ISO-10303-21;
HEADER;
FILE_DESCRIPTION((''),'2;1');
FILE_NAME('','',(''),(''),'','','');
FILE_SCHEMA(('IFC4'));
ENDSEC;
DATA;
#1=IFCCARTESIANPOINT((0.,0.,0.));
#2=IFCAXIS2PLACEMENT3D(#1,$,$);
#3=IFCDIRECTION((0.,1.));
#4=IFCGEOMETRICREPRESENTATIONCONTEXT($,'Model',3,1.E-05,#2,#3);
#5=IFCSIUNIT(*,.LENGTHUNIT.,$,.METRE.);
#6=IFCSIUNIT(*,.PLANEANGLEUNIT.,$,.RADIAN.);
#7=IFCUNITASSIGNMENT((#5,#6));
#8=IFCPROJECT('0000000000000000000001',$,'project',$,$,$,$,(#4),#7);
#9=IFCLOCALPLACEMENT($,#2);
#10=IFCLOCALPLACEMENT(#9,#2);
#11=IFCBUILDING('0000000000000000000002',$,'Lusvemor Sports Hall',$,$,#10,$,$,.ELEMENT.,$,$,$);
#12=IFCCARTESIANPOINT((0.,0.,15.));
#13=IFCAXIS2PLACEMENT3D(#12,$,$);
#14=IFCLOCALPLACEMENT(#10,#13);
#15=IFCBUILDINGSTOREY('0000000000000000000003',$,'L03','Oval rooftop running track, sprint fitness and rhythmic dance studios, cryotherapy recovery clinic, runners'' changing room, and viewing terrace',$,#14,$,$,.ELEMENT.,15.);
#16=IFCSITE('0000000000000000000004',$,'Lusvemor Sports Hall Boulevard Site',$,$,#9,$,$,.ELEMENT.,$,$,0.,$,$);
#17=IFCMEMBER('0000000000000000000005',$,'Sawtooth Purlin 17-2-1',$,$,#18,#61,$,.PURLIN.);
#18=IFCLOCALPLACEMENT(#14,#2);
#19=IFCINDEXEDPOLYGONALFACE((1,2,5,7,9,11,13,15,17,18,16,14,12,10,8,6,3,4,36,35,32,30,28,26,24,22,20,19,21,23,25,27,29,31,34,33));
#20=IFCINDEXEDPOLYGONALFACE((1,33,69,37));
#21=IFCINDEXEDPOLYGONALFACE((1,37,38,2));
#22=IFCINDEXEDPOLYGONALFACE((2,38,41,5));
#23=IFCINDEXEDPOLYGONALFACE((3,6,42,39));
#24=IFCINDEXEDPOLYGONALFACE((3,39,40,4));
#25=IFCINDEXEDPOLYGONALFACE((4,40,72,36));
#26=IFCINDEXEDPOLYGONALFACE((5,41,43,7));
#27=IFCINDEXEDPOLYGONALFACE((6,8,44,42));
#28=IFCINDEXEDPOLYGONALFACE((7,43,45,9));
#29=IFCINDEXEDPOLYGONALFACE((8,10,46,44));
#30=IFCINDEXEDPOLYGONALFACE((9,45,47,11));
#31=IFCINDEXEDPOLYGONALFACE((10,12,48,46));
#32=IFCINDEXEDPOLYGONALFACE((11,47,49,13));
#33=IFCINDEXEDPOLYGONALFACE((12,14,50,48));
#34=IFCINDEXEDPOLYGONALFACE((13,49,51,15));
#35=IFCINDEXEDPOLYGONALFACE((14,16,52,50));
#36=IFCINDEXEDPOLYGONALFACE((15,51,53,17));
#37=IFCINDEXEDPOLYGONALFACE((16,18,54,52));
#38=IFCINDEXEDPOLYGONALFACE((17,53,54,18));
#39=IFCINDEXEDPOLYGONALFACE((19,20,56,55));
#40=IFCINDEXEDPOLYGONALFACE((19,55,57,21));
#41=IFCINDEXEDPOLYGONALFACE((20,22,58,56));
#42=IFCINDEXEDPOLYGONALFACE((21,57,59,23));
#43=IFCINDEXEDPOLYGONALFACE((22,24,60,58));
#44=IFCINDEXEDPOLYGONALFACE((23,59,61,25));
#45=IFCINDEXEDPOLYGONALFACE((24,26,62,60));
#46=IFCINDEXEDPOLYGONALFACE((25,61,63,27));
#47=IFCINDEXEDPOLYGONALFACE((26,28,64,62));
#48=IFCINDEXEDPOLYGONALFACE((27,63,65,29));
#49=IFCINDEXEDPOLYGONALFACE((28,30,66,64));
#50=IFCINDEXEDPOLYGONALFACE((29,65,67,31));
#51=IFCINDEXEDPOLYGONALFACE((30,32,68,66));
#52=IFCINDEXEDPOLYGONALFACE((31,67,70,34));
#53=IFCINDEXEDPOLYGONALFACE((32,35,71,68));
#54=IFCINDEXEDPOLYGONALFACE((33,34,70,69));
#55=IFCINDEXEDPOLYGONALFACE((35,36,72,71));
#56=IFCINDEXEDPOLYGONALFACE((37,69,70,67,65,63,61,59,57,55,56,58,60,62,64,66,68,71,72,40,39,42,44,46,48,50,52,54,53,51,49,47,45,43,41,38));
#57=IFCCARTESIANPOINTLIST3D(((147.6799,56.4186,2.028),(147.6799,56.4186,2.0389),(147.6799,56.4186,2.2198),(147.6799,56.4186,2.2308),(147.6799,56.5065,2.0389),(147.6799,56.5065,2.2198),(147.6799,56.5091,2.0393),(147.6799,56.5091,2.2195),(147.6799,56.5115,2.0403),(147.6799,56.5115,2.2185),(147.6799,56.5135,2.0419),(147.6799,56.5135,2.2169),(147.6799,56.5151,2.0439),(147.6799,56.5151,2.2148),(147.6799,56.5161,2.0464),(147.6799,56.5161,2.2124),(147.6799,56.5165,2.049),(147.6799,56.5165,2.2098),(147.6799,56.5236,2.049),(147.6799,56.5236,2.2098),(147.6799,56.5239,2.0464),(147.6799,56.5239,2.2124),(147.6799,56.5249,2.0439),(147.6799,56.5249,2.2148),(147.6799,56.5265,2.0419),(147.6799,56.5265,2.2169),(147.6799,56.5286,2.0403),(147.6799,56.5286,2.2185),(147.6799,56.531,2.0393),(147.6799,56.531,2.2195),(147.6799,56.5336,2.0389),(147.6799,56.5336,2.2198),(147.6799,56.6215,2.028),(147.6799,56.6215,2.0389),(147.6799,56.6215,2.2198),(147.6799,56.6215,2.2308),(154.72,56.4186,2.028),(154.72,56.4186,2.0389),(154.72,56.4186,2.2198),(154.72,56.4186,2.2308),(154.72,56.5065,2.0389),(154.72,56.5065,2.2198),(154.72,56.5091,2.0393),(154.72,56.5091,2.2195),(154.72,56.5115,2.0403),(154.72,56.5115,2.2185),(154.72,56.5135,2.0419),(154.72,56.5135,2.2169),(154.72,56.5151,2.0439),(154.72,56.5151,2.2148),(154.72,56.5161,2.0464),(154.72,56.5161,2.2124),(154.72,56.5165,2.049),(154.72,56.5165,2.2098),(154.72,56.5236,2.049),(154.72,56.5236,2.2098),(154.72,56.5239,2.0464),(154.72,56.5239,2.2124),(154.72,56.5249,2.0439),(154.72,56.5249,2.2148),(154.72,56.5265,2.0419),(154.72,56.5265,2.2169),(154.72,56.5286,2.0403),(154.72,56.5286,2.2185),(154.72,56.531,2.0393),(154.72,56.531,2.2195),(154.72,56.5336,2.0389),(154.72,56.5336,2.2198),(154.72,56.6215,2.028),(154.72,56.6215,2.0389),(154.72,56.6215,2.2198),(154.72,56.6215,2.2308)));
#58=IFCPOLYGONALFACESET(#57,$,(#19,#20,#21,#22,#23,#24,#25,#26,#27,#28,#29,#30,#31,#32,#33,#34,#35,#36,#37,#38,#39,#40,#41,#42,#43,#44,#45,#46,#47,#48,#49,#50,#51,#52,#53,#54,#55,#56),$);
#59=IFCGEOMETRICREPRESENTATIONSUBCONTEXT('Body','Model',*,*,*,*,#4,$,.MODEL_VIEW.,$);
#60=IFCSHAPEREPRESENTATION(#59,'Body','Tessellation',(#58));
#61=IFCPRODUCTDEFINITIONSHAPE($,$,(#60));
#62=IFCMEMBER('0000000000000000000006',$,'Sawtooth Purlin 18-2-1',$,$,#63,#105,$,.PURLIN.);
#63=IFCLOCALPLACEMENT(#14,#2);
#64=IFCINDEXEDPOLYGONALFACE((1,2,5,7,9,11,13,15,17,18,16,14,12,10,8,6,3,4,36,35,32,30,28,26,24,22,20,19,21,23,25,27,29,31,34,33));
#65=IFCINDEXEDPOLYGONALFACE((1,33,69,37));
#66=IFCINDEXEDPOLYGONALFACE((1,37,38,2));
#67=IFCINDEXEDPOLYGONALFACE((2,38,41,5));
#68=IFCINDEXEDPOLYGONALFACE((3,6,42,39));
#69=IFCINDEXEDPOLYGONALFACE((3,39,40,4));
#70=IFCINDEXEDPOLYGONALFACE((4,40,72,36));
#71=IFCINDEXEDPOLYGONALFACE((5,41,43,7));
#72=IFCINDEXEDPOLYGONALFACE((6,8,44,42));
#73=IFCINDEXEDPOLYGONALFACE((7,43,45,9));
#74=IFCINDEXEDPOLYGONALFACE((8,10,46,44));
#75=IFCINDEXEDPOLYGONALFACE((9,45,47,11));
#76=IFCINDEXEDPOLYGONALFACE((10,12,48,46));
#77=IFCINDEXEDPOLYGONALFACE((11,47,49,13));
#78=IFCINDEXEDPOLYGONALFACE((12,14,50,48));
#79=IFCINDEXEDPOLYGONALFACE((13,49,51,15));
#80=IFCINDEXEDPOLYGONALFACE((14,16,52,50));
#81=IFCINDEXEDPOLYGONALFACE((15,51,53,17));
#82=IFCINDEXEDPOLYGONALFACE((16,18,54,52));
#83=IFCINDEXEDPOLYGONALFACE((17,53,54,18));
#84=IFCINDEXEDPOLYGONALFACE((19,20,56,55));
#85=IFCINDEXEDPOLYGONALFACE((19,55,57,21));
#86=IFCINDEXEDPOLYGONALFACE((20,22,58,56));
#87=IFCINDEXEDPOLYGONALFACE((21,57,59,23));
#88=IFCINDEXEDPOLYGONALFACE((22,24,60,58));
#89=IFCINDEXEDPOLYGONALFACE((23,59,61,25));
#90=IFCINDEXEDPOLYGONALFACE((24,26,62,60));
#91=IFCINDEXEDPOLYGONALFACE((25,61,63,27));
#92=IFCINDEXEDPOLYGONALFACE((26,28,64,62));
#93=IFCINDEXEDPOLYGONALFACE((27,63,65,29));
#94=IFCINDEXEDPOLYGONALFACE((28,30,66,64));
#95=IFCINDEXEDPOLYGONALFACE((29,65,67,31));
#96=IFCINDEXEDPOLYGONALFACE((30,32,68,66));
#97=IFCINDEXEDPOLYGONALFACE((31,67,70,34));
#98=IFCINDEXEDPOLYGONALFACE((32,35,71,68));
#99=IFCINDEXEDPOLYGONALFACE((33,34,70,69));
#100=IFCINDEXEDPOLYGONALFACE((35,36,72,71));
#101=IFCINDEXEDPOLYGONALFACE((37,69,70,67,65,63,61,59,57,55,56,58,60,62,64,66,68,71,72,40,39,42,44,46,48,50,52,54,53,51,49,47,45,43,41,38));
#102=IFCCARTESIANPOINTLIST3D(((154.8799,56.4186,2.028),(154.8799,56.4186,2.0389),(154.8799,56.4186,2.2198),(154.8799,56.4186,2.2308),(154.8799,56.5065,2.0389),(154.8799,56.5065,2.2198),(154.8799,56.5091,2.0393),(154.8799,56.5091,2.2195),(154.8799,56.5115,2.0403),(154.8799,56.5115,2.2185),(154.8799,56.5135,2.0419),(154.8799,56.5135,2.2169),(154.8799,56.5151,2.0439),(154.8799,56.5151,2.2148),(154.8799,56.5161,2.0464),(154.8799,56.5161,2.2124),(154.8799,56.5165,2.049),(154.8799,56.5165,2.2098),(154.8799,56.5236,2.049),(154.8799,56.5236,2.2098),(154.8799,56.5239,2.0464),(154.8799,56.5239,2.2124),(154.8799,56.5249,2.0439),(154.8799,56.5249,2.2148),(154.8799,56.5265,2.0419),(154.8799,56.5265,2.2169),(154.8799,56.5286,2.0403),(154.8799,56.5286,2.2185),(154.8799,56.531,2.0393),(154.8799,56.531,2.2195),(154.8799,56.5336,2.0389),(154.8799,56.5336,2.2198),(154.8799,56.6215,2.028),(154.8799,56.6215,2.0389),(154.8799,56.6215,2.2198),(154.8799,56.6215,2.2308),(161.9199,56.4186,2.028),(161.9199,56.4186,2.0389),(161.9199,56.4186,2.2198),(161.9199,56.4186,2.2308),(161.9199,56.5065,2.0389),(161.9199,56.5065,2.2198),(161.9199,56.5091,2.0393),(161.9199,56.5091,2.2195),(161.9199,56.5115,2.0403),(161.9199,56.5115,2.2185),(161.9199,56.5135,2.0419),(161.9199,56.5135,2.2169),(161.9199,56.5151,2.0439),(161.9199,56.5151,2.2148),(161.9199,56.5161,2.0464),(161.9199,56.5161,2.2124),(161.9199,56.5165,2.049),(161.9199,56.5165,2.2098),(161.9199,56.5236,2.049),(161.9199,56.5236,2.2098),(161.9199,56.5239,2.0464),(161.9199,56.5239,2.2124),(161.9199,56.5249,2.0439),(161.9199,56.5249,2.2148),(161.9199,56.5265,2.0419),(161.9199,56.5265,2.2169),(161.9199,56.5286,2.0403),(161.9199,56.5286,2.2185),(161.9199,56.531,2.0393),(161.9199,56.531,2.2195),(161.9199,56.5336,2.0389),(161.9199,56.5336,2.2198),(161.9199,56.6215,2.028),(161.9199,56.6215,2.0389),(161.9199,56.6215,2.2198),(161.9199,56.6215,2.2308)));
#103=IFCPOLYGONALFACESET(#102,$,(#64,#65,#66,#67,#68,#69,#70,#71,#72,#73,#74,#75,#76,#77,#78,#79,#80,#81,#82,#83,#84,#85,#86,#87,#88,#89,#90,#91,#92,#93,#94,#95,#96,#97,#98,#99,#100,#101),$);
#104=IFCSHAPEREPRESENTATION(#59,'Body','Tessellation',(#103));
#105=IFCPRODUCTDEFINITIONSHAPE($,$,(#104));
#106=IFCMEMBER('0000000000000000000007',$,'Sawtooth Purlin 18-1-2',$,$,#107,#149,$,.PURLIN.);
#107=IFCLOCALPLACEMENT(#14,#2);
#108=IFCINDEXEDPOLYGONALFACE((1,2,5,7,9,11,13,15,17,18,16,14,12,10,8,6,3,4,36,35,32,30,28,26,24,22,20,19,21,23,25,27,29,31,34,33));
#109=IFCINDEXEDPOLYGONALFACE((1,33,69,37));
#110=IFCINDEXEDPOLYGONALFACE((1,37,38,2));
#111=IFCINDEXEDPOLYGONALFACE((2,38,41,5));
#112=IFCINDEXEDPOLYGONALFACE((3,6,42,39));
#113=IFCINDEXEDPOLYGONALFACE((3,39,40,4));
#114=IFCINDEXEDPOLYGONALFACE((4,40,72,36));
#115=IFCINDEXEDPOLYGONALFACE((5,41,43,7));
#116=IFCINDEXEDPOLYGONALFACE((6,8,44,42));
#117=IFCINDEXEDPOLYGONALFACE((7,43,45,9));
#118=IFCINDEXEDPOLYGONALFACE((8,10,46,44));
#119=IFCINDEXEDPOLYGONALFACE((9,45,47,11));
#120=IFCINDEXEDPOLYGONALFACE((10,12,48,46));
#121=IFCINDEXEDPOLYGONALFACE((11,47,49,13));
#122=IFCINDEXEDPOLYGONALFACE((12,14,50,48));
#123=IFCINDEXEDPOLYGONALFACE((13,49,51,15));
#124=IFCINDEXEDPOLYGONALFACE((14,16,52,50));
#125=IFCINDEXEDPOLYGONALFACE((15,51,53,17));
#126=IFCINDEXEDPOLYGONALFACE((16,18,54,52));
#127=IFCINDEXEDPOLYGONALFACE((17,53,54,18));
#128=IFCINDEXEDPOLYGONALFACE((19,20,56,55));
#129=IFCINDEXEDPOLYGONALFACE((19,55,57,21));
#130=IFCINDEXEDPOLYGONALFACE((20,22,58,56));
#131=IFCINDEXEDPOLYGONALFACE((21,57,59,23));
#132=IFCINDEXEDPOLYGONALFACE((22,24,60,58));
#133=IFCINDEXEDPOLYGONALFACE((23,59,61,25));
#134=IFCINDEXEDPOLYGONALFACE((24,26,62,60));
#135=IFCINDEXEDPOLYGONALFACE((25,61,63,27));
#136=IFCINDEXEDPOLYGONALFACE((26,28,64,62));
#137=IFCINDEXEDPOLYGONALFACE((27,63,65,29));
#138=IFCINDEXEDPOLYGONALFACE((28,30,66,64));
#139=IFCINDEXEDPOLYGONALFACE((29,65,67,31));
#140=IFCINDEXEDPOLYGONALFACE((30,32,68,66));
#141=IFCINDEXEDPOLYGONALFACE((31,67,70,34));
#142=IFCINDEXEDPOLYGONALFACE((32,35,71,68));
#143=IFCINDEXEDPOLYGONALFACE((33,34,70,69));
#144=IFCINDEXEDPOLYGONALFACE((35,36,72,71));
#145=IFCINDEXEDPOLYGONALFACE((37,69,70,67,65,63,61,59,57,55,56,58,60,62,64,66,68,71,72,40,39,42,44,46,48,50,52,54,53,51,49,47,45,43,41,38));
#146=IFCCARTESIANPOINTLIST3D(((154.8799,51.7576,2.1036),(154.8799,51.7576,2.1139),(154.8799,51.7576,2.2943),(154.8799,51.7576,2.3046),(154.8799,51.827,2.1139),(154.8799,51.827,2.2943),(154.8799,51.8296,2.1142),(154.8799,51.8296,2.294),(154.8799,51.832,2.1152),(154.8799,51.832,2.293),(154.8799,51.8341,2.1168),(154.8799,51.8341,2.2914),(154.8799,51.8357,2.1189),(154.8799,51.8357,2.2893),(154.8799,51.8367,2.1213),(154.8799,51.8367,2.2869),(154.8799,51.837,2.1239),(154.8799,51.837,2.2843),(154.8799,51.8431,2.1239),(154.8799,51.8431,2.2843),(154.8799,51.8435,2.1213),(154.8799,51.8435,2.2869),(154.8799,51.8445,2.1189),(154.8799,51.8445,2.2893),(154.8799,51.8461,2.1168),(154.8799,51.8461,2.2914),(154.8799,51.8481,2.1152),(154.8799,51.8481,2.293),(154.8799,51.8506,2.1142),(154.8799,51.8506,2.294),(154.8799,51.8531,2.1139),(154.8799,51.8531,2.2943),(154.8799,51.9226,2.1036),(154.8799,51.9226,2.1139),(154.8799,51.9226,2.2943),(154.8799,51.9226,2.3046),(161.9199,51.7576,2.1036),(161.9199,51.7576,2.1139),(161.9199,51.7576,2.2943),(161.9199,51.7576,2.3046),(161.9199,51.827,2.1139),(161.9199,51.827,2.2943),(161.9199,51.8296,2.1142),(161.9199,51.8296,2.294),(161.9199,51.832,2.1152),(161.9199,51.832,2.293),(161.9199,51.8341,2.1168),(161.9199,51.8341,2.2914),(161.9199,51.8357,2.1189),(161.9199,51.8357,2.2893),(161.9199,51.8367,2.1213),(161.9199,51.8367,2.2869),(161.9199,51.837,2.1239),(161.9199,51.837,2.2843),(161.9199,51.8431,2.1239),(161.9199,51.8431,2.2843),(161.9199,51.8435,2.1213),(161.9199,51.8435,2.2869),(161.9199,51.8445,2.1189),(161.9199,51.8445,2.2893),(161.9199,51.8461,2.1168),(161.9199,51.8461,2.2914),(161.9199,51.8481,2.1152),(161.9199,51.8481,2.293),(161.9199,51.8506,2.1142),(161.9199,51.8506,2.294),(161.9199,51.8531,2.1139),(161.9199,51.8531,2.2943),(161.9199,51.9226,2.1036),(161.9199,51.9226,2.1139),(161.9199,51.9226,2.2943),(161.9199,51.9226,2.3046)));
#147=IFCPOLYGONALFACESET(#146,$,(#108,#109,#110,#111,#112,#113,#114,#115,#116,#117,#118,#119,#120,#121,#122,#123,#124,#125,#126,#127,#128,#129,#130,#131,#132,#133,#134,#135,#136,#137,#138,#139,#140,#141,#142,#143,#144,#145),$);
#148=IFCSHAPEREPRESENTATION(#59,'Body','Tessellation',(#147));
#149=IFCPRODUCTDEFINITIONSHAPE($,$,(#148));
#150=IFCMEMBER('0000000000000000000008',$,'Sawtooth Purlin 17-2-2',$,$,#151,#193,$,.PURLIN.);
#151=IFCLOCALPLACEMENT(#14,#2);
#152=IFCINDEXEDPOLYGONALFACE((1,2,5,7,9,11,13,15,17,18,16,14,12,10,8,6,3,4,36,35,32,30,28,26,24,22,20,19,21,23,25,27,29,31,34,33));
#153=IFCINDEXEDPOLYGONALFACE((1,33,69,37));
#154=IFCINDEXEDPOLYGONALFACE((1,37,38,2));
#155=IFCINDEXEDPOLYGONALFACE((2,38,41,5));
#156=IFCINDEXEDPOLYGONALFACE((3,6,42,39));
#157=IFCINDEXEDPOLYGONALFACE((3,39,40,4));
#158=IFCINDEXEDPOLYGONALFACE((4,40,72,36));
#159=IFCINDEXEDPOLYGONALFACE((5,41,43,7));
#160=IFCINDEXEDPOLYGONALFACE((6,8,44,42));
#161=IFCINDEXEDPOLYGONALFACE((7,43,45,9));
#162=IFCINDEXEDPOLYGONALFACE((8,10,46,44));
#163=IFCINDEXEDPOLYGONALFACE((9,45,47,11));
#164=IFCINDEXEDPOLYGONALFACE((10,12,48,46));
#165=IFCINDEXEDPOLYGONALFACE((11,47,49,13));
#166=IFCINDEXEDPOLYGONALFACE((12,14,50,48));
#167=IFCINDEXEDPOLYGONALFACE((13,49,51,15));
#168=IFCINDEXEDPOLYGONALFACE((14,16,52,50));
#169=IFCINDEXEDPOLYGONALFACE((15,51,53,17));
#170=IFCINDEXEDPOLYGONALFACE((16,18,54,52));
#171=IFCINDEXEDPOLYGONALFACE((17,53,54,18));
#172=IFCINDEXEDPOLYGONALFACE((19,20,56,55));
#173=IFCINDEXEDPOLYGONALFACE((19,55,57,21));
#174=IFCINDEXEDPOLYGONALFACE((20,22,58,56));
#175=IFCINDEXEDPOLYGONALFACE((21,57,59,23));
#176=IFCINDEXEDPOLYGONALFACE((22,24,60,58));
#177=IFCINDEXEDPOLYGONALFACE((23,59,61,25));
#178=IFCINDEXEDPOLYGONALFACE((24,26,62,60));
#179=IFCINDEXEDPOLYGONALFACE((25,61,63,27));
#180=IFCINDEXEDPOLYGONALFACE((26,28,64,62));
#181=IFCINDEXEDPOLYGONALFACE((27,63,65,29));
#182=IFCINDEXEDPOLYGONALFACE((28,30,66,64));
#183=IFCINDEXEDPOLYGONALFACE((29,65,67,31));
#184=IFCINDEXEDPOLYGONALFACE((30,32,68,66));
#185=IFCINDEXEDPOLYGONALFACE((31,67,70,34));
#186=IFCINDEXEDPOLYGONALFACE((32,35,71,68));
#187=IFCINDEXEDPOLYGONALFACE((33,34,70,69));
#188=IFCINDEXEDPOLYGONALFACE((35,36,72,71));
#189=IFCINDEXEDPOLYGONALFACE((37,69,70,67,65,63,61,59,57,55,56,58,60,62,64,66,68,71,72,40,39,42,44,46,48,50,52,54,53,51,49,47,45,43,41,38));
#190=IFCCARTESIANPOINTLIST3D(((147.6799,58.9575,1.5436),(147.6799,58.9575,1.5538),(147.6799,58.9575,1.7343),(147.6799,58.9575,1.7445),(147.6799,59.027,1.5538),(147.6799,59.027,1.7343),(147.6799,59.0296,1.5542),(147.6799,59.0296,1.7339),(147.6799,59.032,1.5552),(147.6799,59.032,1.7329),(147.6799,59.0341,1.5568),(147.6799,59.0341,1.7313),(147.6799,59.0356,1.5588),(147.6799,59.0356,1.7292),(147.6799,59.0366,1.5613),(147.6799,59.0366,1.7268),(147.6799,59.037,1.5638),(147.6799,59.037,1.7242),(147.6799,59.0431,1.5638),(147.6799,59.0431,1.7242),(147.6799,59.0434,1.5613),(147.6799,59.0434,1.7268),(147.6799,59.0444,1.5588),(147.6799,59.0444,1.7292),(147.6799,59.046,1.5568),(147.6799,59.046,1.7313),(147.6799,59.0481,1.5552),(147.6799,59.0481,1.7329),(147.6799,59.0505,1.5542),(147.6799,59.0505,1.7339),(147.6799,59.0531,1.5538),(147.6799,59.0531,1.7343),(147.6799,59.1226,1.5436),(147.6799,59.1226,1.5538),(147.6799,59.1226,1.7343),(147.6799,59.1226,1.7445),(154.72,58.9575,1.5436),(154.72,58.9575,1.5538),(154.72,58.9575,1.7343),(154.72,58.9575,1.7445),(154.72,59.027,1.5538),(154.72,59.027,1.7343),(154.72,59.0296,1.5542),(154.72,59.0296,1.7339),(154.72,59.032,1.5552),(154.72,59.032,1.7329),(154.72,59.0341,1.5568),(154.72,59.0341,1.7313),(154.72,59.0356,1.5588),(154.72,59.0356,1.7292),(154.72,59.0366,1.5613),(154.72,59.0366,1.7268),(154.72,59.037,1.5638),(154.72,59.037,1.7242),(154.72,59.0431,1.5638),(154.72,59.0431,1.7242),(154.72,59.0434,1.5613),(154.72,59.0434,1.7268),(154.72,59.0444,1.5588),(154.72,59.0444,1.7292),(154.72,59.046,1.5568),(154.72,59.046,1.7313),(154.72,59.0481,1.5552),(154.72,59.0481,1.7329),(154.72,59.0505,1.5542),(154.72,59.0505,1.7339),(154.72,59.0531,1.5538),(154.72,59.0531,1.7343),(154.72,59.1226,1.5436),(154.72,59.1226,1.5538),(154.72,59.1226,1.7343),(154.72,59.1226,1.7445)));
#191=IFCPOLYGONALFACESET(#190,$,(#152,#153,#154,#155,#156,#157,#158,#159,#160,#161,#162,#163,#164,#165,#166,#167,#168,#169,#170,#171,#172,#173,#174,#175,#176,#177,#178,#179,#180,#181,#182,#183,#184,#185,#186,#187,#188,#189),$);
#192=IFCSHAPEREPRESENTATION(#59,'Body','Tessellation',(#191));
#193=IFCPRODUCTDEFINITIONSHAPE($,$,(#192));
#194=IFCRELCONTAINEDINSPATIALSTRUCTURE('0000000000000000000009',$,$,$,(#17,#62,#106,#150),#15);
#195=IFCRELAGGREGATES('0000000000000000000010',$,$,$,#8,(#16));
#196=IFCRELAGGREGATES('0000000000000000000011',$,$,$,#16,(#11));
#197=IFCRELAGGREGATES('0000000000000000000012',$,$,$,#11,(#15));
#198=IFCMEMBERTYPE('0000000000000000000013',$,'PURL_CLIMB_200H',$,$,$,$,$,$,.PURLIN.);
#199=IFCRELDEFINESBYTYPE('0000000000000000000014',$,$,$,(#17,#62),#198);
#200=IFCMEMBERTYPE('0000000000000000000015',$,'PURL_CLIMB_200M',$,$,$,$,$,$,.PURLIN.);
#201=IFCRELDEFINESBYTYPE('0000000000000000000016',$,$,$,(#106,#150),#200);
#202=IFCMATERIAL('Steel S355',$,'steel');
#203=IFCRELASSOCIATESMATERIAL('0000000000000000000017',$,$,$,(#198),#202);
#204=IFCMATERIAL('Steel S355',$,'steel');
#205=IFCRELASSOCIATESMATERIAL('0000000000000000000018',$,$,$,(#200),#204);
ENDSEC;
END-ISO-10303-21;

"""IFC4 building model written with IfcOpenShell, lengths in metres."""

from ifc_helpers import new_model, si_unit, direction, frame, origin, origin_2d, place, context, subcontext, project, spatial, i_section, extrude, material, material_profile, profile_set, type_object, element, save


model = new_model("IFC4")

# Units and contexts
model_context = context("Model", 3, precision=1e-05, world=origin(), true_north=direction((0.0, 1.0)))
body_context = subcontext(model_context, "Body", "Model", "MODEL_VIEW")
ifc_project = project(units=[si_unit("LENGTHUNIT", "METRE"), si_unit("PLANEANGLEUNIT", "RADIAN")], contexts=[model_context])

# Site, building, storey
site_placement = place(None, origin())
site = spatial("IfcSite", under=ifc_project, at=site_placement, Name="Lusvemor Sports Hall Boulevard Site", CompositionType="ELEMENT", RefElevation=0.0)
building_placement = place(site_placement, origin())
building = spatial("IfcBuilding", under=site, at=building_placement, Name="Lusvemor Sports Hall", CompositionType="ELEMENT")
storey_placement = place(building_placement, frame((0.0, 0.0, 15.0)))
storey = spatial("IfcBuildingStorey", under=building, at=storey_placement, Name="L03", Description="Oval rooftop running track, sprint fitness and rhythmic dance studios, cryotherapy recovery clinic, runners' changing room, and viewing terrace", CompositionType="ELEMENT", Elevation=15.0)

# Members
ifc_material_1 = material(Name="Steel S355", Category="steel")
ifc_material_profile_1 = material_profile(ifc_material_1, i_section(OverallWidth=0.2029, OverallDepth=0.2029, WebThickness=0.0071, FlangeThickness=0.011, FilletRadius=0.01, at=origin_2d()), Name="W200x46.1")
ifc_profile_set_1 = profile_set([ifc_material_profile_1], Name="Steel S355")
member_type_1 = type_object("IfcMemberType", Name="PURL_CLIMB_200H", PredefinedType="PURLIN", material=ifc_profile_set_1)
for number, where, z_axis, x_axis, name in (
    (1, (147.6799, 56.52, 2.1294), (1.0, 0.0, 0.0), (0.0, 1.0, 0.0), "Sawtooth Purlin 17-2-1"),
    (2, (154.8799, 56.52, 2.1294), (1.0, 0.0, 0.0), (0.0, 1.0, 0.0), "Sawtooth Purlin 18-2-1"),
):
    element("IfcMember", number, at=place(storey_placement, frame(where, z_axis=z_axis, x_axis=x_axis)), inside=storey, type_object=member_type_1, Name=name, PredefinedType="PURLIN", context=body_context, shape_type="SweptSolid", body=[
        extrude(i_section(OverallWidth=0.2029, OverallDepth=0.2029, WebThickness=0.0071, FlangeThickness=0.011, FilletRadius=0.01, at=origin_2d()), origin(), (0.0, 0.0, 1.0), 7.04),
    ])
ifc_material_2 = material(Name="Steel S355", Category="steel")
ifc_material_profile_2 = material_profile(ifc_material_2, i_section(OverallWidth=0.165, OverallDepth=0.2009, WebThickness=0.0061, FlangeThickness=0.0103, FilletRadius=0.01, at=origin_2d()), Name="W200x35.9")
ifc_profile_set_2 = profile_set([ifc_material_profile_2], Name="Steel S355")
member_type_2 = type_object("IfcMemberType", Name="PURL_CLIMB_200M", PredefinedType="PURLIN", material=ifc_profile_set_2)
for number, where, z_axis, x_axis, name in (
    (3, (154.8799, 51.8401, 2.2041), (1.0, 0.0, 0.0), (0.0, 1.0, 0.0), "Sawtooth Purlin 18-1-2"),
    (4, (147.6799, 59.04, 1.644), (1.0, 0.0, 0.0), (0.0, 1.0, 0.0), "Sawtooth Purlin 17-2-2"),
):
    element("IfcMember", number, at=place(storey_placement, frame(where, z_axis=z_axis, x_axis=x_axis)), inside=storey, type_object=member_type_2, Name=name, PredefinedType="PURLIN", context=body_context, shape_type="SweptSolid", body=[
        extrude(i_section(OverallWidth=0.165, OverallDepth=0.2009, WebThickness=0.0061, FlangeThickness=0.0103, FilletRadius=0.01, at=origin_2d()), origin(), (0.0, 0.0, 1.0), 7.04),
    ])

save(model, "model.ifc")
